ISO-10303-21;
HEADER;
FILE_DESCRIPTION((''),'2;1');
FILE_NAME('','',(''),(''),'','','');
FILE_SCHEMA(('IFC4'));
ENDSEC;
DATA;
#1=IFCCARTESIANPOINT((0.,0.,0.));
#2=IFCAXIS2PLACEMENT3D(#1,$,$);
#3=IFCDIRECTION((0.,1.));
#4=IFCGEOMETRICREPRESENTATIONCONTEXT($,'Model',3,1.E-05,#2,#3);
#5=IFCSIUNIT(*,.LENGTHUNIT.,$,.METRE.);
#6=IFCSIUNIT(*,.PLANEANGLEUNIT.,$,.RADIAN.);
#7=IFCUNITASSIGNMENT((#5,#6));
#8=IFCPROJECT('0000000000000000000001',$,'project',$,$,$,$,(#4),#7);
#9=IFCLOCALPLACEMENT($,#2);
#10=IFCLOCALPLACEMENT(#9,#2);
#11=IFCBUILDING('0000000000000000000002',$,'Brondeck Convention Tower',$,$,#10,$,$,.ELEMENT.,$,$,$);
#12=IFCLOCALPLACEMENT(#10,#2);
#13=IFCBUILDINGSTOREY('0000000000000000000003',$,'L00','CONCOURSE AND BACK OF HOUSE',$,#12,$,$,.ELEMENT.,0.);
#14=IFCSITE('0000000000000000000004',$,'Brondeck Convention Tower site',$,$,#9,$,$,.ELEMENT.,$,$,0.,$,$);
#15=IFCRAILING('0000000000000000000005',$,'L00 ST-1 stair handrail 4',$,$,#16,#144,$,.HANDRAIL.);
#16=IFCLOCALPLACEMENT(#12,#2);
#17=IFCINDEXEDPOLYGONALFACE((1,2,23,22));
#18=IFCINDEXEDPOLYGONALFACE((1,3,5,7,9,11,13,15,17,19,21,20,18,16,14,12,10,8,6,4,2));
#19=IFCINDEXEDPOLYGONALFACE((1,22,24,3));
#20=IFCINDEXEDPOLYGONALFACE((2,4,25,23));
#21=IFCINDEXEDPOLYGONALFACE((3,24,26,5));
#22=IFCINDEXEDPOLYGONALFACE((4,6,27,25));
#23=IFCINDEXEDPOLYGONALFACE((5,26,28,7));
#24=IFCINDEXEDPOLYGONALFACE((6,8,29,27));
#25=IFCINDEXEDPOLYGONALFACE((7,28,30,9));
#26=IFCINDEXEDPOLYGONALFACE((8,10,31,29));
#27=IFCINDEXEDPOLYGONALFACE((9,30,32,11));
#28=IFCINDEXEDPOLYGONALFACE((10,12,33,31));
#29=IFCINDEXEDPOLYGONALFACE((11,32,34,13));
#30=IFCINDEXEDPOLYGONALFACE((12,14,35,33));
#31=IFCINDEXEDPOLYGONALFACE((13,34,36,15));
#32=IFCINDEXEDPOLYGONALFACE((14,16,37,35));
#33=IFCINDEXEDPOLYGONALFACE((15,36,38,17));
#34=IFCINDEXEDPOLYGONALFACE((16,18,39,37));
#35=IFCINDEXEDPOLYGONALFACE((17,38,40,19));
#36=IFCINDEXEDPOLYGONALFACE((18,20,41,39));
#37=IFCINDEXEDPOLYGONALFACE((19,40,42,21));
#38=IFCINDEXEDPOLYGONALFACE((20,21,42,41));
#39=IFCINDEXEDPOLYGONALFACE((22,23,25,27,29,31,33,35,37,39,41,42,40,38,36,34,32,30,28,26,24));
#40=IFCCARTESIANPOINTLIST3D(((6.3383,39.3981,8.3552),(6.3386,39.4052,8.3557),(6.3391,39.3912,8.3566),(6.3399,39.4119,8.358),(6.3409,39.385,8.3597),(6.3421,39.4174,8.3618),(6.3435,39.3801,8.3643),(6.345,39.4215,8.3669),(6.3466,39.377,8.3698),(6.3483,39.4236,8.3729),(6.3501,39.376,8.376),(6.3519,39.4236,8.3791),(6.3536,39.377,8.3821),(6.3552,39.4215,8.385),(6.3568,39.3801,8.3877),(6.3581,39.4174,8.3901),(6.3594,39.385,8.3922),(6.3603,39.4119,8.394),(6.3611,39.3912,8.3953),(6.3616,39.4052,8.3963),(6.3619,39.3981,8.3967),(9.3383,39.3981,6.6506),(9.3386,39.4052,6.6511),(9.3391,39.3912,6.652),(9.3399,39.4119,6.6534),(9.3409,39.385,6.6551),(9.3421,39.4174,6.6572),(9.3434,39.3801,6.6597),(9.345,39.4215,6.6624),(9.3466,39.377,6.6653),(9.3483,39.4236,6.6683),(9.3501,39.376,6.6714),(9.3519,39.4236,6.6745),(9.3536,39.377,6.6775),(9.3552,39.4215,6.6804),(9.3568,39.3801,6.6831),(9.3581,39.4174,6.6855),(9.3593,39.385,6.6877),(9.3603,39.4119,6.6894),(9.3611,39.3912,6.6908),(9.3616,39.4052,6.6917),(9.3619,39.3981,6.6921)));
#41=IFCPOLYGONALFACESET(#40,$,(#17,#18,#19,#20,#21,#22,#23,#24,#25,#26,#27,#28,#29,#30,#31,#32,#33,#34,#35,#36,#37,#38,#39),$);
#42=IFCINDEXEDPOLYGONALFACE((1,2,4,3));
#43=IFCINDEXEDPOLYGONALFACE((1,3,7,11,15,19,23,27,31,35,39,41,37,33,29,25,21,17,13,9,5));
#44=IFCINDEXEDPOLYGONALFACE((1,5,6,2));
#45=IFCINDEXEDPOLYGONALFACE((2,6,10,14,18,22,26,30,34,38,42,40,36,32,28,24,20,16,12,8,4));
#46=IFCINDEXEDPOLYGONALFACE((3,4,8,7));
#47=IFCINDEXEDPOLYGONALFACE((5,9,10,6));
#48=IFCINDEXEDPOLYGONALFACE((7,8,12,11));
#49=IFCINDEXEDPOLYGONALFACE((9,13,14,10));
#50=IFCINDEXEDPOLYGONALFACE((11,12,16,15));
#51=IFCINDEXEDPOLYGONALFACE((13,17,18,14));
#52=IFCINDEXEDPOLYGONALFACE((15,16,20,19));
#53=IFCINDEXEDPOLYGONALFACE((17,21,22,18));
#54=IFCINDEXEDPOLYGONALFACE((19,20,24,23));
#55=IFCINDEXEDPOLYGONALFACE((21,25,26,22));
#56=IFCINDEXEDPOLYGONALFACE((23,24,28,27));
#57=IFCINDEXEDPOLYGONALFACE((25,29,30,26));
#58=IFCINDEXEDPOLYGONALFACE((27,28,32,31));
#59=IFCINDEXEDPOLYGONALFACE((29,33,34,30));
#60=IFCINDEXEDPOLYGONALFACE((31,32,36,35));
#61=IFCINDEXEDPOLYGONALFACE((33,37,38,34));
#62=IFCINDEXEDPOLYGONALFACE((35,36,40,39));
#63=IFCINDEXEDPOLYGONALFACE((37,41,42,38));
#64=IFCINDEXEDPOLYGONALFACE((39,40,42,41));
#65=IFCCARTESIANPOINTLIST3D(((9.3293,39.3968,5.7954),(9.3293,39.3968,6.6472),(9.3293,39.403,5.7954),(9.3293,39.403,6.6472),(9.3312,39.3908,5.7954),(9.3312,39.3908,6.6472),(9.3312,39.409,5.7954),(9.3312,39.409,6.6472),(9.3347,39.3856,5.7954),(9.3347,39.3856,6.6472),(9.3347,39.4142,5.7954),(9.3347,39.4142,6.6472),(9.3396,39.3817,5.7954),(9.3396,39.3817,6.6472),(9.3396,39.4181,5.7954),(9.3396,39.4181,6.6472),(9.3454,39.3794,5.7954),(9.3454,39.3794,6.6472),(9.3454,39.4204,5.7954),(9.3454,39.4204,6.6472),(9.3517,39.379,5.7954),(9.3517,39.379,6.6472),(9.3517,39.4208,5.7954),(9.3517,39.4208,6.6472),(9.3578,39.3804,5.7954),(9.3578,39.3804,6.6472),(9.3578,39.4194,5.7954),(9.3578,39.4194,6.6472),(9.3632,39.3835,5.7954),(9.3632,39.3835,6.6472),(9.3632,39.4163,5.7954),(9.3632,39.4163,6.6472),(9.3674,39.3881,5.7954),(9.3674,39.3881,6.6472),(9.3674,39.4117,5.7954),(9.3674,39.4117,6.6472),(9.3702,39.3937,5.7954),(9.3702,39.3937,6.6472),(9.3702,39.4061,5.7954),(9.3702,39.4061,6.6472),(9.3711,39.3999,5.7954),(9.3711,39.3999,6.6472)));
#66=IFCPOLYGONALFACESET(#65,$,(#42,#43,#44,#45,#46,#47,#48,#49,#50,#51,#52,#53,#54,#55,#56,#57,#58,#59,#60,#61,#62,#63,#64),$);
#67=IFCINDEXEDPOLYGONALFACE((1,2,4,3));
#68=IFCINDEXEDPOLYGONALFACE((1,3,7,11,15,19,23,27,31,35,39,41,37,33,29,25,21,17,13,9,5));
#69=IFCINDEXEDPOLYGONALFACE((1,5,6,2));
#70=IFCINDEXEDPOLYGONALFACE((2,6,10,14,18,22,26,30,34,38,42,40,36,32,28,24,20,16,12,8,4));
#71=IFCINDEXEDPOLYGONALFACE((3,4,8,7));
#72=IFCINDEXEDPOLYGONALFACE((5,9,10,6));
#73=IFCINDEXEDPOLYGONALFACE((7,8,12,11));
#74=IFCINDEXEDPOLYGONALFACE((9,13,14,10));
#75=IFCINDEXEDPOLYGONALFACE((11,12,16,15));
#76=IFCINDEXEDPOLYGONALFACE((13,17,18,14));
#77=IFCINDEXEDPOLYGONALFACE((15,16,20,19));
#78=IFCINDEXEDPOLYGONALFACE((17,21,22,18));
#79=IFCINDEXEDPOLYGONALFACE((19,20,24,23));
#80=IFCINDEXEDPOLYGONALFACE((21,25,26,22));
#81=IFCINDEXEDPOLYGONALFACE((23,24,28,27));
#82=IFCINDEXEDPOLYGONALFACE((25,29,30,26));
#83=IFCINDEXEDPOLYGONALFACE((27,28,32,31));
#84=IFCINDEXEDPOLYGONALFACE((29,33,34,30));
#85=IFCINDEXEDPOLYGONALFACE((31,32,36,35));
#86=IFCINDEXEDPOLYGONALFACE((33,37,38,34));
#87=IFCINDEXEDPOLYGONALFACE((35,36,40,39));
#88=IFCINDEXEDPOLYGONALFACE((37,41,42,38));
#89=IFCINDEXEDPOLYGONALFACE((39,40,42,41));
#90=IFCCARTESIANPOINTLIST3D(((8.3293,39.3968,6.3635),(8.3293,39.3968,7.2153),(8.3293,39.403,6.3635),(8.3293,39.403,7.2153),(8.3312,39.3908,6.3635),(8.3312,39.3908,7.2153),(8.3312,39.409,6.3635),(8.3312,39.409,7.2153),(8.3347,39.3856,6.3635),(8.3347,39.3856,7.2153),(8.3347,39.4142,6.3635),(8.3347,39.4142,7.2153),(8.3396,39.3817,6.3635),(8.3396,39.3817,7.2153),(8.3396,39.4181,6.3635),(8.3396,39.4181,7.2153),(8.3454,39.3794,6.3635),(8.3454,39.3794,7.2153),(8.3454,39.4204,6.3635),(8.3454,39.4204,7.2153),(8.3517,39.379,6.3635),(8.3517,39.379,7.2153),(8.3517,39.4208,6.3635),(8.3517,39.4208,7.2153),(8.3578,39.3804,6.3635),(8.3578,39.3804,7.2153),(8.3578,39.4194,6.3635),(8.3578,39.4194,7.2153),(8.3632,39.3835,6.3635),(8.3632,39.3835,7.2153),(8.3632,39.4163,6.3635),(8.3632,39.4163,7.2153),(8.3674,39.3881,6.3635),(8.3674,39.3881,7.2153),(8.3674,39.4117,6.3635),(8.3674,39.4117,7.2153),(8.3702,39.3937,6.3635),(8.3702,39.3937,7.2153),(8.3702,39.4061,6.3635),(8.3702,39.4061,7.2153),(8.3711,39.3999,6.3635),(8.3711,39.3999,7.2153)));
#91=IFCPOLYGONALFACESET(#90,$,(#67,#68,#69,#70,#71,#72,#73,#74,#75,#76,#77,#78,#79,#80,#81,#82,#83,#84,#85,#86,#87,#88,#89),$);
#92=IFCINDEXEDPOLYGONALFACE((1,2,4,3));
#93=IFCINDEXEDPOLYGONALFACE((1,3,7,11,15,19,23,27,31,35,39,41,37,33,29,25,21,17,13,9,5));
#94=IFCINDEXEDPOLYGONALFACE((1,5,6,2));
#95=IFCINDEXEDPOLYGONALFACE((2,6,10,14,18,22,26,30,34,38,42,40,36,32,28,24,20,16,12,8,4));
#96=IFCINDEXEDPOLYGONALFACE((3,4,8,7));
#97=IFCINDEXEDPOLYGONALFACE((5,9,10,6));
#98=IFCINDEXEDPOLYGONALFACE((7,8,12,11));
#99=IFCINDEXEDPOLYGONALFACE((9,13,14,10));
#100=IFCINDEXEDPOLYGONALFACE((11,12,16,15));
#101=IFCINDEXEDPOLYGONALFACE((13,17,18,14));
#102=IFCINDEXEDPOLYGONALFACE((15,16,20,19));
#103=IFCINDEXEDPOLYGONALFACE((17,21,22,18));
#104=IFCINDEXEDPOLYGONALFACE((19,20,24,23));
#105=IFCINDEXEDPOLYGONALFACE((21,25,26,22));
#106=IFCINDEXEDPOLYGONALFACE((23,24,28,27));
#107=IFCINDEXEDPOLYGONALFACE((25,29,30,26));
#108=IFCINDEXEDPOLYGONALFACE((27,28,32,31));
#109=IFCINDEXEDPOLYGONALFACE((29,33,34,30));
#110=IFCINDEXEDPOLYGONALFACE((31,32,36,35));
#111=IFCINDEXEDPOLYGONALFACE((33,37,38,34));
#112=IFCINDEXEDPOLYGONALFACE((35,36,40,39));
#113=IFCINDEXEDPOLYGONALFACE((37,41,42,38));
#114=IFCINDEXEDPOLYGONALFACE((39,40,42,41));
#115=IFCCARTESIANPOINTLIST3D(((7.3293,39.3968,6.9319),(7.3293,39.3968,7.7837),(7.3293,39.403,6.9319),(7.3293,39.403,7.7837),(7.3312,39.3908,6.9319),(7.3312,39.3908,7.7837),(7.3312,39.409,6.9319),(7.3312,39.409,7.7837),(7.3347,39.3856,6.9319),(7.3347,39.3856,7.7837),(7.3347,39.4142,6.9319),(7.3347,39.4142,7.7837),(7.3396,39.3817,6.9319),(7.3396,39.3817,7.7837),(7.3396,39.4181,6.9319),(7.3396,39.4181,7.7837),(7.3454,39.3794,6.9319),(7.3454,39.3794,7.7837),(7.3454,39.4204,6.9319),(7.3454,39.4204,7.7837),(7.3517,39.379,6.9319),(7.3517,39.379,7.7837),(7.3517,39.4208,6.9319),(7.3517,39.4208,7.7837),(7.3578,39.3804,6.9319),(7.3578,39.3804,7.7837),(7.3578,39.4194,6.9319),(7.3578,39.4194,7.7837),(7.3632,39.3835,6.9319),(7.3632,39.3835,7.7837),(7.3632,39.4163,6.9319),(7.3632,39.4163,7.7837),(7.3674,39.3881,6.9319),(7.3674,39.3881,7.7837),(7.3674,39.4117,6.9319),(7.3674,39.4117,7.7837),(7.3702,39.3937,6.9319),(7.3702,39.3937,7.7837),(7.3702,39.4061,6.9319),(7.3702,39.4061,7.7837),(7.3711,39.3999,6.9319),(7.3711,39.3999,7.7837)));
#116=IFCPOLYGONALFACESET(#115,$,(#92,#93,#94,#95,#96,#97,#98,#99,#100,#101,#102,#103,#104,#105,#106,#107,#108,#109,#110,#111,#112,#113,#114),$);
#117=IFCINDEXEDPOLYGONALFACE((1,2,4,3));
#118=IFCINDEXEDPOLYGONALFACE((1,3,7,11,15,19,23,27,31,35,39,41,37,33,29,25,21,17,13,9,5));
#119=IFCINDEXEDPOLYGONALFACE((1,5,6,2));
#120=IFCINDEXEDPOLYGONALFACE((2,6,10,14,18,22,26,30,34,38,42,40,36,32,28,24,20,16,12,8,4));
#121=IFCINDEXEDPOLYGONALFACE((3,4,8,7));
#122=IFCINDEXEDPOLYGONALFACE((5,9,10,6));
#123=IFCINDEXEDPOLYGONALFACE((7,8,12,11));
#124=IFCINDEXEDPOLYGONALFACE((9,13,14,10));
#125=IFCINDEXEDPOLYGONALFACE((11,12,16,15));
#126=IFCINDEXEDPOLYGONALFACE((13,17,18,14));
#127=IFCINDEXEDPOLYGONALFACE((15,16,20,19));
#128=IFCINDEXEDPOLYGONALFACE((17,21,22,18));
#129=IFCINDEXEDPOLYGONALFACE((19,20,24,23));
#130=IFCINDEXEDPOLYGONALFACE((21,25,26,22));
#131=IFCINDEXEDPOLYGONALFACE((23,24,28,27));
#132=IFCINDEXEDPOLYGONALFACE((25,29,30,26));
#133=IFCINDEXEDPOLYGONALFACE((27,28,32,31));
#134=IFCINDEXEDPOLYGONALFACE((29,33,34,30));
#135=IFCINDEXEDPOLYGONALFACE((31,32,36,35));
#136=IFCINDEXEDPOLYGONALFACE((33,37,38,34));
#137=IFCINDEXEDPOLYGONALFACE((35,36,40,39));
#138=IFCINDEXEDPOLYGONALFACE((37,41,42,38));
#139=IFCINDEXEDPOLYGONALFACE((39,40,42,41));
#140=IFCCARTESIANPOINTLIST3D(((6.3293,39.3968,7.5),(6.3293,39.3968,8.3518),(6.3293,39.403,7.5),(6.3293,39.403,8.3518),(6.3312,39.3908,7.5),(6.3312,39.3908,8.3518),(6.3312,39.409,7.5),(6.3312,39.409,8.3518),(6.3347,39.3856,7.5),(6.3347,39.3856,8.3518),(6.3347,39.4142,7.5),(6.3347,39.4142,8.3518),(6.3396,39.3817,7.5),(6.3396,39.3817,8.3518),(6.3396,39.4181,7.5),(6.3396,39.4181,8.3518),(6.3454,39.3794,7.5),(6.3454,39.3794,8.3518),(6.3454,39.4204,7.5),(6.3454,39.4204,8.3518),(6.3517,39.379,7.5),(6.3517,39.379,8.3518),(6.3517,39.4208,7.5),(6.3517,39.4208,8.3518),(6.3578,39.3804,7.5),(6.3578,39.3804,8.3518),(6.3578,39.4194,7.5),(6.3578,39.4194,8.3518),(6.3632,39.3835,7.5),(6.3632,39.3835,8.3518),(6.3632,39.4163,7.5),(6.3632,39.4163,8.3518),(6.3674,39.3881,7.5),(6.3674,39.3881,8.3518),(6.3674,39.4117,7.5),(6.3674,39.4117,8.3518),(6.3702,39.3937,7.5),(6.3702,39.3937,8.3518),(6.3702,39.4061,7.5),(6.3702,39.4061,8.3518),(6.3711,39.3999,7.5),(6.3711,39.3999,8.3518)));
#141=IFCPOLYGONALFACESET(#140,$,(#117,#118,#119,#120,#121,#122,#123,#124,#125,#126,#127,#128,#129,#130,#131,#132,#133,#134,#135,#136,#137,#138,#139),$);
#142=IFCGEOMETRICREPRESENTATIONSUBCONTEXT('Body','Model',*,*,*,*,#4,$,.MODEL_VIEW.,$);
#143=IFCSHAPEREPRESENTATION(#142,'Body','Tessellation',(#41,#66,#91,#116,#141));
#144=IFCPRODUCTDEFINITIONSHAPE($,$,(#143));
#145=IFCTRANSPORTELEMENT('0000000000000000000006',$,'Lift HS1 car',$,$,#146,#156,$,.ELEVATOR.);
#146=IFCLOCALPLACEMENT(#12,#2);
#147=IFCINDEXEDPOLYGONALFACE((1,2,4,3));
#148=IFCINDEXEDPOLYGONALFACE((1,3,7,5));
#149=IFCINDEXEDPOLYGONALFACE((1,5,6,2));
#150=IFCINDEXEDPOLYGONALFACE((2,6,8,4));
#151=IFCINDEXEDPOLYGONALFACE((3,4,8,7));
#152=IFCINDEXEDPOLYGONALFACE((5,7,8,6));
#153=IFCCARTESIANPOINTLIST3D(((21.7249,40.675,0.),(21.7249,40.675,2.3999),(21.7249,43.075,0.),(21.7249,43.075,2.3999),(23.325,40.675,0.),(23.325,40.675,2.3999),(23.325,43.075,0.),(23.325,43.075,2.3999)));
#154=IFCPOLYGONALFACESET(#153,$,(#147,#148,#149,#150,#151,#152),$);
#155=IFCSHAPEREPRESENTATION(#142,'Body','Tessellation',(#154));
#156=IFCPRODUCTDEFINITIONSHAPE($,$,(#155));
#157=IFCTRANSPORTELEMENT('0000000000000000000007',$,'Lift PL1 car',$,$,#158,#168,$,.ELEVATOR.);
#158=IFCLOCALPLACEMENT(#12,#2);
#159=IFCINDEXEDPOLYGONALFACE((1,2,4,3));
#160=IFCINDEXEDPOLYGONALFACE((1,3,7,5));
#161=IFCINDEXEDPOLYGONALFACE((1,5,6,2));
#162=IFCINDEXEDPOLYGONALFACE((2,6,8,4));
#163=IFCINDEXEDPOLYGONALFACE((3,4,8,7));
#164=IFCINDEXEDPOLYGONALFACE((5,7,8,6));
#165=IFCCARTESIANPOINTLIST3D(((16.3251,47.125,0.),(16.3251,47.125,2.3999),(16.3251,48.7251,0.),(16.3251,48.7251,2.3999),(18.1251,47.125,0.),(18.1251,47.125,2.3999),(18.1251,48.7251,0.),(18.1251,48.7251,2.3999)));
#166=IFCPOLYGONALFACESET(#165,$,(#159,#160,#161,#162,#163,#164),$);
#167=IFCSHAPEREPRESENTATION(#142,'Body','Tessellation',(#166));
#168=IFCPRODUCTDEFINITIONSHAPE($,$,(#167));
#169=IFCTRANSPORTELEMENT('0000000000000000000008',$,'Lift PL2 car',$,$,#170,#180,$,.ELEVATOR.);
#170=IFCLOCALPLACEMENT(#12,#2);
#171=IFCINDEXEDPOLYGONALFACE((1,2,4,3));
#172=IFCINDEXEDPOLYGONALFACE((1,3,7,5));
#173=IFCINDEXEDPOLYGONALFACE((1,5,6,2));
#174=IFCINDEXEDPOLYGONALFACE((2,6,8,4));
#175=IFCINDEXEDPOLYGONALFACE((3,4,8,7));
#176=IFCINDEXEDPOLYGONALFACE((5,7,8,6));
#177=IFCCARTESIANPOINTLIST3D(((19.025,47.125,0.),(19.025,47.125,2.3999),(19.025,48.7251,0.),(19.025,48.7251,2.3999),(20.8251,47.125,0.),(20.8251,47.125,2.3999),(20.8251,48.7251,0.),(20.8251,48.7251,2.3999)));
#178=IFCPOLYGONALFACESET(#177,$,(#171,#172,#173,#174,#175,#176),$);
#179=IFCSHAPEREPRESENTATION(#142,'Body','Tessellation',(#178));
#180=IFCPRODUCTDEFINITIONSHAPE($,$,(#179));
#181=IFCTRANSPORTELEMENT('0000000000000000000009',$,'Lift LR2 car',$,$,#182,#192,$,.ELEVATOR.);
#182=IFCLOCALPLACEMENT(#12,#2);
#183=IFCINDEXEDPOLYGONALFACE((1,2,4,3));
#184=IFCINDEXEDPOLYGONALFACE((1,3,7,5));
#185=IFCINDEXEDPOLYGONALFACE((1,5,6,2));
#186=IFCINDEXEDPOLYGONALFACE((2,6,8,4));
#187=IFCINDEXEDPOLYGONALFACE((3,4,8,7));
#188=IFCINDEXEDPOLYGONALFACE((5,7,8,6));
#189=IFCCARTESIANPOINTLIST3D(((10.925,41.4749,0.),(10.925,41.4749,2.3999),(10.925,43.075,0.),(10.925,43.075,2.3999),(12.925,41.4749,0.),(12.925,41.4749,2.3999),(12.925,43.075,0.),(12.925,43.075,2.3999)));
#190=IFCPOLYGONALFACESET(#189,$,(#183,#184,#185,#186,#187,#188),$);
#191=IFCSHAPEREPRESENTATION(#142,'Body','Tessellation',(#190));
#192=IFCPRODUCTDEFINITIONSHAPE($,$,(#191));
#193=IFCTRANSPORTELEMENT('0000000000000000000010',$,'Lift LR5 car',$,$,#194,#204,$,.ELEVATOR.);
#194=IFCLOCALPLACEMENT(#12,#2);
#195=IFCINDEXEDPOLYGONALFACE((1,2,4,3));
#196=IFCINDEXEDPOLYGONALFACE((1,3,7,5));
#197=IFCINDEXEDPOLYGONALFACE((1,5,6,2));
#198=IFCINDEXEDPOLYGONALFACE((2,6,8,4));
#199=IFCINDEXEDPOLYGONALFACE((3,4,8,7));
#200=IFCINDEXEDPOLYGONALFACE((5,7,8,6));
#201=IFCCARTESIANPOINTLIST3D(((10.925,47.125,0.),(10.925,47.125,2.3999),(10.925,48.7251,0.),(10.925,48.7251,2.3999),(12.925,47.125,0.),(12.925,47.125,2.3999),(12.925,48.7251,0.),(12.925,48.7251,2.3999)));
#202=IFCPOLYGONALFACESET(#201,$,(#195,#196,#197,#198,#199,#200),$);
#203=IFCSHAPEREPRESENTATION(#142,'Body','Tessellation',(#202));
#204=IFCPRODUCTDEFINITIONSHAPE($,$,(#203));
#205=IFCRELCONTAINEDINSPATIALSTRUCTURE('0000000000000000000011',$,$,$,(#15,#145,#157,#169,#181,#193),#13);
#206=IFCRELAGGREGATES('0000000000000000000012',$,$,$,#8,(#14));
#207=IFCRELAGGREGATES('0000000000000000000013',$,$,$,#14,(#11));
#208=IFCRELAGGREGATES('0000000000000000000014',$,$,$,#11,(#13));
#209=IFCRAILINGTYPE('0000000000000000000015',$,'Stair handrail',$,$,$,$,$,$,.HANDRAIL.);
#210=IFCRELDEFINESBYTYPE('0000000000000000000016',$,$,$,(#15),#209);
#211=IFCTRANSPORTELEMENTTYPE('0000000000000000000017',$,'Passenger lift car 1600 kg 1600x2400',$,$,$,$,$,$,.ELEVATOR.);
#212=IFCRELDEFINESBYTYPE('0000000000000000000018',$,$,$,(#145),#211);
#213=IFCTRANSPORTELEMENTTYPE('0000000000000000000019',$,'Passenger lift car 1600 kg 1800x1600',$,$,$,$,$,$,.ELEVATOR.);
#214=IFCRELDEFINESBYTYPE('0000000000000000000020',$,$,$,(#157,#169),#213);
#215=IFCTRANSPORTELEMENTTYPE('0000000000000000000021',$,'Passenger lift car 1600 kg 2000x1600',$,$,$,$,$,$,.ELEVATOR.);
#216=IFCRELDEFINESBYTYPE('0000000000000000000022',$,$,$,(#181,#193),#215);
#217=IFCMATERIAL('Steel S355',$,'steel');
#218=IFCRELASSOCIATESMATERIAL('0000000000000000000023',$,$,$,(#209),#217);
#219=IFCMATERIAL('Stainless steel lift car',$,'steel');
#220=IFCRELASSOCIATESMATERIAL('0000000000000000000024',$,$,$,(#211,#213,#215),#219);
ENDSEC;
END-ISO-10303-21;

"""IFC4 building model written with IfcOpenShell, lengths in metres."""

from ifc_helpers import new_model, si_unit, direction, frame, origin, origin_2d, place, context, subcontext, project, spatial, rectangle, circle, extrude, material, type_object, element, save


model = new_model("IFC4")

# Units and contexts
model_context = context("Model", 3, precision=1e-05, world=origin(), true_north=direction((0.0, 1.0)))
body_context = subcontext(model_context, "Body", "Model", "MODEL_VIEW")
ifc_project = project(units=[si_unit("LENGTHUNIT", "METRE"), si_unit("PLANEANGLEUNIT", "RADIAN")], contexts=[model_context])

# Site, building, storey
site_placement = place(None, origin())
site = spatial("IfcSite", under=ifc_project, at=site_placement, Name="Brondeck Convention Tower site", CompositionType="ELEMENT", RefElevation=0.0)
building_placement = place(site_placement, origin())
building = spatial("IfcBuilding", under=site, at=building_placement, Name="Brondeck Convention Tower", CompositionType="ELEMENT")
storey_placement = place(building_placement, origin())
storey = spatial("IfcBuildingStorey", under=building, at=storey_placement, Name="L00", Description="CONCOURSE AND BACK OF HOUSE", CompositionType="ELEMENT", Elevation=0.0)

# Shared definitions
ifc_material_1 = material(Name="Steel S355", Category="steel")

# Railing
railing_type = type_object("IfcRailingType", Name="Stair handrail", PredefinedType="HANDRAIL", material=ifc_material_1)
for number, where, name in (
    (1, (9.3501, 39.3999, 5.7954), "L00 ST-1 stair handrail 4"),
):
    element("IfcRailing", number, at=place(storey_placement, frame(where)), inside=storey, type_object=railing_type, Name=name, PredefinedType="HANDRAIL", context=body_context, shape_type="SweptSolid", body=[
        extrude(circle(Radius=0.0239, at=origin_2d()), frame((0.0, 0.0, 0.876), z_axis=(-0.869451, 0.0, 0.494019), x_axis=(0.0, -1.0, 0.0)), (0.0, 0.0, 1.0), 3.4504),
        extrude(circle(Radius=0.021, at=origin_2d()), origin(), (0.0, 0.0, 1.0), 0.8518),
        extrude(circle(Radius=0.021, at=origin_2d()), frame((-1.0, 0.0, 0.5681)), (0.0, 0.0, 1.0), 0.8518),
        extrude(circle(Radius=0.021, at=origin_2d()), frame((-2.0, 0.0, 1.1365)), (0.0, 0.0, 1.0), 0.8518),
        extrude(circle(Radius=0.021, at=origin_2d()), frame((-3.0, 0.0, 1.7046)), (0.0, 0.0, 1.0), 0.8518),
    ])

# Transport elements
ifc_material_2 = material(Name="Stainless steel lift car", Category="steel")
transport_element_type_1 = type_object("IfcTransportElementType", Name="Passenger lift car 1600 kg 1600x2400", PredefinedType="ELEVATOR", material=ifc_material_2)
transport_element_placement = place(storey_placement, frame((22.5249, 41.875, 0.0), z_axis=(0.0, 0.0, 1.0), x_axis=(1.0, 0.0, 0.0)))
element("IfcTransportElement", 2, at=transport_element_placement, inside=storey, type_object=transport_element_type_1, Name="Lift HS1 car", PredefinedType="ELEVATOR", context=body_context, shape_type="SweptSolid", body=[
    extrude(rectangle(XDim=1.6001, YDim=2.3999, at=origin_2d()), origin(), (0.0, 0.0, 1.0), 2.3999),
])
transport_element_type_2 = type_object("IfcTransportElementType", Name="Passenger lift car 1600 kg 1800x1600", PredefinedType="ELEVATOR", material=ifc_material_2)
for number, where, z_axis, x_axis, name in (
    (3, (17.2251, 47.925, 0.0), (0.0, 0.0, 1.0), (1.0, 0.0, 0.0), "Lift PL1 car"),
    (4, (19.925, 47.925, 0.0), (0.0, 0.0, 1.0), (1.0, 0.0, 0.0), "Lift PL2 car"),
):
    element("IfcTransportElement", number, at=place(storey_placement, frame(where, z_axis=z_axis, x_axis=x_axis)), inside=storey, type_object=transport_element_type_2, Name=name, PredefinedType="ELEVATOR", context=body_context, shape_type="SweptSolid", body=[
        extrude(rectangle(XDim=1.8, YDim=1.6001, at=origin_2d()), origin(), (0.0, 0.0, 1.0), 2.3999),
    ])
transport_element_type_3 = type_object("IfcTransportElementType", Name="Passenger lift car 1600 kg 2000x1600", PredefinedType="ELEVATOR", material=ifc_material_2)
for number, where, z_axis, x_axis, name in (
    (5, (11.925, 42.2749, 0.0), (0.0, 0.0, 1.0), (1.0, 0.0, 0.0), "Lift LR2 car"),
    (6, (11.925, 47.925, 0.0), (0.0, 0.0, 1.0), (1.0, 0.0, 0.0), "Lift LR5 car"),
):
    element("IfcTransportElement", number, at=place(storey_placement, frame(where, z_axis=z_axis, x_axis=x_axis)), inside=storey, type_object=transport_element_type_3, Name=name, PredefinedType="ELEVATOR", context=body_context, shape_type="SweptSolid", body=[
        extrude(rectangle(XDim=2.0, YDim=1.6001, at=origin_2d()), origin(), (0.0, 0.0, 1.0), 2.3999),
    ])

save(model, "model.ifc")
